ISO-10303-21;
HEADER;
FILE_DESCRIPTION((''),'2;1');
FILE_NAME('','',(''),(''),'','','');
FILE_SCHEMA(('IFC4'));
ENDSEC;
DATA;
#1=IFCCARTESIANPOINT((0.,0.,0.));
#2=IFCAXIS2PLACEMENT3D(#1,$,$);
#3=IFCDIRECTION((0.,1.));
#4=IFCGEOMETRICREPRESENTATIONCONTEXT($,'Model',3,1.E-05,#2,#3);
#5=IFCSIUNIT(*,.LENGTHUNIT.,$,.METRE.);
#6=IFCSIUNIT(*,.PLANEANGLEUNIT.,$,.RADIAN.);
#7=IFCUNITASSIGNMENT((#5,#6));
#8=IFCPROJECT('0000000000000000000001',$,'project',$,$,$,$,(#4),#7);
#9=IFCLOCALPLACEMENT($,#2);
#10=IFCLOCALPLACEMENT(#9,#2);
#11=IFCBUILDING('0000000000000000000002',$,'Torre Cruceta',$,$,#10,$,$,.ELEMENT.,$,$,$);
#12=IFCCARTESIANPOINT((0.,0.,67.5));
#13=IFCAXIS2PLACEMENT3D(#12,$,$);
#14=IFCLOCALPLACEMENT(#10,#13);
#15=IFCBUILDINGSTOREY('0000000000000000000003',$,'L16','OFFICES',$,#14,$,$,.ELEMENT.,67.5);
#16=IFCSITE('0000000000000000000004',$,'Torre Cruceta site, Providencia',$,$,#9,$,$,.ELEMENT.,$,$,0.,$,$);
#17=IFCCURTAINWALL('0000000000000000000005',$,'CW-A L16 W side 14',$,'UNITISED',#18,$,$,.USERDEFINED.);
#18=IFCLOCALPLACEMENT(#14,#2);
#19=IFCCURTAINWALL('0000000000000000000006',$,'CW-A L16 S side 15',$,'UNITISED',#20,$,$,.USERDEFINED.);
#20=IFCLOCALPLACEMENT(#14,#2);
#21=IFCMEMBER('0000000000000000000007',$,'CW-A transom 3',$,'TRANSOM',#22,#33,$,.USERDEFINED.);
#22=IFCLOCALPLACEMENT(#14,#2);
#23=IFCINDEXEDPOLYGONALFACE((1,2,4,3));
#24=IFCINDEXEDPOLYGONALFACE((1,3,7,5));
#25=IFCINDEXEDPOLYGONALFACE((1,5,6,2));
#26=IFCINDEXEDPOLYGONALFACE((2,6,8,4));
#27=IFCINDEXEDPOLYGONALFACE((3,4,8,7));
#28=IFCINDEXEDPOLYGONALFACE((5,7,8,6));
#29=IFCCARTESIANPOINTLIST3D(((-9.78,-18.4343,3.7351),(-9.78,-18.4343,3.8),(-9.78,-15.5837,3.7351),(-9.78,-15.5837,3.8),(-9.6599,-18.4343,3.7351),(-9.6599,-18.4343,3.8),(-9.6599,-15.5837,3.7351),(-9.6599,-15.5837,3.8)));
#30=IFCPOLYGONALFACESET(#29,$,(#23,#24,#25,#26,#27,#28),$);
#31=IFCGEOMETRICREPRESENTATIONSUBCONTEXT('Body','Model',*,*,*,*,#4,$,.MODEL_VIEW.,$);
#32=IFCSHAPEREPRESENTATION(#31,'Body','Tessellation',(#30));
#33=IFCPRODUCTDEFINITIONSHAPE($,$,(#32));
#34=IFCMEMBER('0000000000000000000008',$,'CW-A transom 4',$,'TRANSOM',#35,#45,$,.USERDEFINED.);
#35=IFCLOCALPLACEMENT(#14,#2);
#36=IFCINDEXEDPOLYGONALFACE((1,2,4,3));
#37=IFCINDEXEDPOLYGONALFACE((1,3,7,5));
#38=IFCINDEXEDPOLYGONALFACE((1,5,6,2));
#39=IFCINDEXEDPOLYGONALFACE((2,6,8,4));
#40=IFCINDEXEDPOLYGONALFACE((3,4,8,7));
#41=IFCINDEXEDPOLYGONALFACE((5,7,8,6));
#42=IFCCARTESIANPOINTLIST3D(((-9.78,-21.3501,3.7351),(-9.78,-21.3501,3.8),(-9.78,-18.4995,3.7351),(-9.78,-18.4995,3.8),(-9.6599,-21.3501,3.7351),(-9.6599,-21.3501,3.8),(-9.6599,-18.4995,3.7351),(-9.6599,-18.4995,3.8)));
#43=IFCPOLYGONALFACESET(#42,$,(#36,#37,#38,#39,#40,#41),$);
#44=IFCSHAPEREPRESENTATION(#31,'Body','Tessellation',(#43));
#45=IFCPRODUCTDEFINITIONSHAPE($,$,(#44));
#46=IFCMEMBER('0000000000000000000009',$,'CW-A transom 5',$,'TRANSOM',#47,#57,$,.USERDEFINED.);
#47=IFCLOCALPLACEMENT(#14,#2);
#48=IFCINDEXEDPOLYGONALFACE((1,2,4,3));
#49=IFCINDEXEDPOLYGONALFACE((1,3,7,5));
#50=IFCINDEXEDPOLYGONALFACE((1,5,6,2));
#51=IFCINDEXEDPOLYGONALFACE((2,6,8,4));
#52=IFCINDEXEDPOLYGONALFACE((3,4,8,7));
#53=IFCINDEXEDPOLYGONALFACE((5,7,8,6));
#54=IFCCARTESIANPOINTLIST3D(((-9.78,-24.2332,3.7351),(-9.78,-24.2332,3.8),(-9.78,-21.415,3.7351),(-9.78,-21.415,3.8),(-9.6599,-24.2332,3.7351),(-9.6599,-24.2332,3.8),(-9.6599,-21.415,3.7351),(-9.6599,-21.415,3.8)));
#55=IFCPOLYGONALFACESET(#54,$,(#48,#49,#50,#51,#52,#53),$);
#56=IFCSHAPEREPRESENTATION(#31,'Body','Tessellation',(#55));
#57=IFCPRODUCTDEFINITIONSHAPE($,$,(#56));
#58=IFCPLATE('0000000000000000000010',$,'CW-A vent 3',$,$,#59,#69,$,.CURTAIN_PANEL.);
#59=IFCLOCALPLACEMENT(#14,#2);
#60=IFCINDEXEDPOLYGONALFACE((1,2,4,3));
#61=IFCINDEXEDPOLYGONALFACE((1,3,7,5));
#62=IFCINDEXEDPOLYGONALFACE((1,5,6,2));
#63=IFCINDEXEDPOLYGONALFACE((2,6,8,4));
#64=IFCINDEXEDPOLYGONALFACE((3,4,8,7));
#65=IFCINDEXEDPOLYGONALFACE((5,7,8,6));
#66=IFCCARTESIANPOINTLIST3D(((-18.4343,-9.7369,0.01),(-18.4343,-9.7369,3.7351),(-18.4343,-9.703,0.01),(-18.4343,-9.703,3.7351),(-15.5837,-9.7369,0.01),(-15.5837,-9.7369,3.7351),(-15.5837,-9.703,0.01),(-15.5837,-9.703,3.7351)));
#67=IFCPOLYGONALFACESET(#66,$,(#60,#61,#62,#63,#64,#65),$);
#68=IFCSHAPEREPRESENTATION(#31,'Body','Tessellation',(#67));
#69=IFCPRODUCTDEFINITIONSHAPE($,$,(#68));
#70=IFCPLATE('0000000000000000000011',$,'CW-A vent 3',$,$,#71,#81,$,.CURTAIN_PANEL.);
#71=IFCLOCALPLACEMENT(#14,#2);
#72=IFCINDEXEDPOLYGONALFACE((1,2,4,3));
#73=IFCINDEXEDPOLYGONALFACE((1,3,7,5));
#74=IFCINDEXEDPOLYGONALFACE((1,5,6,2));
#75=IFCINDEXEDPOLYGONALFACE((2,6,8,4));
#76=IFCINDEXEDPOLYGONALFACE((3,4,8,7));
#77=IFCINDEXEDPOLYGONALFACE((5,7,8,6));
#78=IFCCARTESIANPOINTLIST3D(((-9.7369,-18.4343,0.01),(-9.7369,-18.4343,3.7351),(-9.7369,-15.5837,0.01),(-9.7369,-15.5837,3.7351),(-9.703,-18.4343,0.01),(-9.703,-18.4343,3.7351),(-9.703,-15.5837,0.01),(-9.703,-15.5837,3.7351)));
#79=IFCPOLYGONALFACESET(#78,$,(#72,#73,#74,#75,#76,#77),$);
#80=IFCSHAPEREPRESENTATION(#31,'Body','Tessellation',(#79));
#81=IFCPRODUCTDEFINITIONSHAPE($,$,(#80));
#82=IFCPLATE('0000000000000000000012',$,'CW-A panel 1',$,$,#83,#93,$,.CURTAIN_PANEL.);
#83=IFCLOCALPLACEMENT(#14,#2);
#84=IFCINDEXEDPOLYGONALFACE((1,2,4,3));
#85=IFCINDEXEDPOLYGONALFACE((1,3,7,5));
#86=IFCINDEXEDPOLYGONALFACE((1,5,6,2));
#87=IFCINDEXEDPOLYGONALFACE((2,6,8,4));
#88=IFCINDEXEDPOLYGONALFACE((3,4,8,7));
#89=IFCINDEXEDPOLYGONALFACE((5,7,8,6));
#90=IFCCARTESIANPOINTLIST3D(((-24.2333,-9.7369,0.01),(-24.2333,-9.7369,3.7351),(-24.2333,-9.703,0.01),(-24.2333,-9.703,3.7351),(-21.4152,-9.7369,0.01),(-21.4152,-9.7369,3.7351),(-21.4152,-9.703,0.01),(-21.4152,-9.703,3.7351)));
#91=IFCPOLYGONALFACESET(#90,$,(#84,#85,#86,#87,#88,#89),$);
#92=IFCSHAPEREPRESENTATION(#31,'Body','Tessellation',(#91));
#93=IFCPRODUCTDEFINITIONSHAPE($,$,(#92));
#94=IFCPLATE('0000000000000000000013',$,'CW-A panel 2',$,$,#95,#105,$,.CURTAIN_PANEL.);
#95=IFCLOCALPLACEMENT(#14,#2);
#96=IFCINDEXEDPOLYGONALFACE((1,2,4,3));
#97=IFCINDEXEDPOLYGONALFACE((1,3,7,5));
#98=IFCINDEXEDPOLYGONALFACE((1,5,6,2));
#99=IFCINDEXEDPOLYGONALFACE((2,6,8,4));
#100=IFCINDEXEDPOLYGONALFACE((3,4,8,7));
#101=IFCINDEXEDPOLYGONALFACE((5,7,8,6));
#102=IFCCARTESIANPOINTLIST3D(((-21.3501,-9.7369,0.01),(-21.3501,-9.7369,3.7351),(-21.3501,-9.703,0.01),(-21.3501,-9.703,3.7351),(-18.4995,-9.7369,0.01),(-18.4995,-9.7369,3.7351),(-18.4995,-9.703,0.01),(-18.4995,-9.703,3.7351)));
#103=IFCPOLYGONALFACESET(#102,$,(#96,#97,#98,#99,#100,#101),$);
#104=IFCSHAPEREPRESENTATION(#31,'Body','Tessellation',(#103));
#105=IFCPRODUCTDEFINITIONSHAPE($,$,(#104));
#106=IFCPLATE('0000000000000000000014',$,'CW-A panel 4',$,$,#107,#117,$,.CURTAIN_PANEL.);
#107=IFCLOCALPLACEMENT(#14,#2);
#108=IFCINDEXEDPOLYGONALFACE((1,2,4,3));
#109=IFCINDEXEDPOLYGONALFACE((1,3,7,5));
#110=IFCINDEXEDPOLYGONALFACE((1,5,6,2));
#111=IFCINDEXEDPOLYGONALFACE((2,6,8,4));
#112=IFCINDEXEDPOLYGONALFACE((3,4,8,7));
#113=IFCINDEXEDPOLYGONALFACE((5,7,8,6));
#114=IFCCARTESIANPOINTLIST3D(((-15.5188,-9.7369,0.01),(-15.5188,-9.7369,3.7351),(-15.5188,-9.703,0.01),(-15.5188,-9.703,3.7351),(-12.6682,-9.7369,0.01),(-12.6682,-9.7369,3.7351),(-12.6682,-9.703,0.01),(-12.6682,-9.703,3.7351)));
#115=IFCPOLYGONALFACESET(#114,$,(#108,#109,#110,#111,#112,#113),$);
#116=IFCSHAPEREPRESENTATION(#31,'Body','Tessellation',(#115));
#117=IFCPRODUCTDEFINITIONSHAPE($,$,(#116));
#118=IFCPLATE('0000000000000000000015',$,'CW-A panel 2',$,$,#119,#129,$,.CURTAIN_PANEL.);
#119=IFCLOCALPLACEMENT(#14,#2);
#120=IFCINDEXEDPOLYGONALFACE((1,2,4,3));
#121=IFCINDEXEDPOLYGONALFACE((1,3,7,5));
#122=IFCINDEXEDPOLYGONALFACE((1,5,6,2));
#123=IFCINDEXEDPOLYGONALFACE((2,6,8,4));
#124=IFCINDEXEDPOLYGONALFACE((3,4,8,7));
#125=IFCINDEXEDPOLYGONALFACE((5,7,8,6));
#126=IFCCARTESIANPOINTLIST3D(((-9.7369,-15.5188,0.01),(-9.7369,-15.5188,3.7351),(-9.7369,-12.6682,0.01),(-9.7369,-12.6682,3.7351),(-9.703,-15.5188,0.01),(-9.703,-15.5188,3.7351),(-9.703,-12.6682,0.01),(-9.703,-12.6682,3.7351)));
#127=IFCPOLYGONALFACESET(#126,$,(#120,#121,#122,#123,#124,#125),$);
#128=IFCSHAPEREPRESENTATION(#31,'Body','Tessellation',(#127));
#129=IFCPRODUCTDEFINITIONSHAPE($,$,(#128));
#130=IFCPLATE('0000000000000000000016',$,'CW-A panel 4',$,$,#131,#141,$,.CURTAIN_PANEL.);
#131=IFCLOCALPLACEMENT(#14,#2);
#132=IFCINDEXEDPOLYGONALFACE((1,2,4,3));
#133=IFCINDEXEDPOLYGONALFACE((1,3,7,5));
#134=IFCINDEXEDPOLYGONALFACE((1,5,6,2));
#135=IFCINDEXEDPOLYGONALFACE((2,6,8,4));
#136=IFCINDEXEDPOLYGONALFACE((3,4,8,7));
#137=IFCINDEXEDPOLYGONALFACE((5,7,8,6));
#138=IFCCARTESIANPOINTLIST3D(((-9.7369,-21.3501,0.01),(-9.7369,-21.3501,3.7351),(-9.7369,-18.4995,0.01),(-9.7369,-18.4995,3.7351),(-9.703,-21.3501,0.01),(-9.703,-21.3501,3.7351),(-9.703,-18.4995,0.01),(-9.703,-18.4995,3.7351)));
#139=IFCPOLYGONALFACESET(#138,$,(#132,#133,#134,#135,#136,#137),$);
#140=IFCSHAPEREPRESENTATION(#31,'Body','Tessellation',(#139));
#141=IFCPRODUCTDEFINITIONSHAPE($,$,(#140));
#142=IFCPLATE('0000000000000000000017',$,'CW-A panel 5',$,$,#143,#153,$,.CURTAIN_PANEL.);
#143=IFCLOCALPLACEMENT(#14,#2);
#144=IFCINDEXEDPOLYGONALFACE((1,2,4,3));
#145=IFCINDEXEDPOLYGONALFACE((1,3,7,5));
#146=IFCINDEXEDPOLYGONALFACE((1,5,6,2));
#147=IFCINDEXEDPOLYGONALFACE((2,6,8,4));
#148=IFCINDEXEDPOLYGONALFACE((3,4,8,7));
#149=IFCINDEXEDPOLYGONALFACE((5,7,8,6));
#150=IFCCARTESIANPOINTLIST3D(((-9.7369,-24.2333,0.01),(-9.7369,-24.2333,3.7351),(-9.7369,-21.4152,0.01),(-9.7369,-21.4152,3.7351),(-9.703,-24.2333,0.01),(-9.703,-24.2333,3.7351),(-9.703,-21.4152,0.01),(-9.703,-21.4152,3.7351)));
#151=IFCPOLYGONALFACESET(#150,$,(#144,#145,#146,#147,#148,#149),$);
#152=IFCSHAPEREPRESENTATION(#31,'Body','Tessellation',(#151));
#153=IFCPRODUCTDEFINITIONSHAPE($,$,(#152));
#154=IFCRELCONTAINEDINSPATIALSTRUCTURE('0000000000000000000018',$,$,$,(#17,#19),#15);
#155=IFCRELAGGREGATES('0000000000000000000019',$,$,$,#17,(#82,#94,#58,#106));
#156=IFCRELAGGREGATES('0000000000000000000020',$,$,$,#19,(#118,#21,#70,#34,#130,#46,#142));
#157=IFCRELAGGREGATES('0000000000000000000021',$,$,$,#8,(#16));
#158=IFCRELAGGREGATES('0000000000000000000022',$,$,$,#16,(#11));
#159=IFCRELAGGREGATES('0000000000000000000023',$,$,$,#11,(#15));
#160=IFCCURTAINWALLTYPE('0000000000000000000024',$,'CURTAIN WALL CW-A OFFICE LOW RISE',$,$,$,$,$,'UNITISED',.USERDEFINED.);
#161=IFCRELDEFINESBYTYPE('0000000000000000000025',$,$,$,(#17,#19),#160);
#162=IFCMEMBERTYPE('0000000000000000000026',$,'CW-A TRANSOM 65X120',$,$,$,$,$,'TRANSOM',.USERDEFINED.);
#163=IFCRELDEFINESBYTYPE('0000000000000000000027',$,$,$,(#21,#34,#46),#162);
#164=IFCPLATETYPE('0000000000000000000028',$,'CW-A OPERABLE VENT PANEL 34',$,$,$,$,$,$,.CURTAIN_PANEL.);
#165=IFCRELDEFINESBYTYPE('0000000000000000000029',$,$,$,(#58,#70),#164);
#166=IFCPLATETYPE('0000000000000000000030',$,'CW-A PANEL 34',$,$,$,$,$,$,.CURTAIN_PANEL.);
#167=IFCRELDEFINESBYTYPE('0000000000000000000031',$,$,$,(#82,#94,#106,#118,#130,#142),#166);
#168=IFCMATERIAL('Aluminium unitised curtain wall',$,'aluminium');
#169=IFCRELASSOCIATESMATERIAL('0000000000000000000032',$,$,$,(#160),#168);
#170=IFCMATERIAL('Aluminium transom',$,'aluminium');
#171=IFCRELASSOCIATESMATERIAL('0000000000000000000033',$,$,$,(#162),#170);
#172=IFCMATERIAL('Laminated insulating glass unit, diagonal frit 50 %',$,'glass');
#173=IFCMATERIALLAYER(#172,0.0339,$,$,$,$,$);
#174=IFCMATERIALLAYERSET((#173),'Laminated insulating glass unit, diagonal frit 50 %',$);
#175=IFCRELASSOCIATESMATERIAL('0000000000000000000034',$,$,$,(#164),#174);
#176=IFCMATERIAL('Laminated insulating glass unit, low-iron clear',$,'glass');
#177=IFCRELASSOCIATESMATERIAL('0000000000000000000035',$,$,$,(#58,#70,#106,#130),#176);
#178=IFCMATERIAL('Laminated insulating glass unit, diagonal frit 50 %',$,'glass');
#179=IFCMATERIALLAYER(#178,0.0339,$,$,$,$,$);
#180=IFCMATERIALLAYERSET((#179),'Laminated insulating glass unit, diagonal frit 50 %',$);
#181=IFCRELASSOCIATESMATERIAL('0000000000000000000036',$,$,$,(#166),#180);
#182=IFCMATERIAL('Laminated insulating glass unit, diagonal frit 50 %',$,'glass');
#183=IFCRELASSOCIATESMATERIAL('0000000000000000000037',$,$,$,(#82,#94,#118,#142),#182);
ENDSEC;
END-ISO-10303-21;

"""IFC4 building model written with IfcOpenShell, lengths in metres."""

from ifc_helpers import new_model, si_unit, direction, frame, origin, origin_2d, place, context, subcontext, project, spatial, rectangle, extrude, material, layer, layer_set, material_profile, profile_set, type_object, element, aggregate, save


model = new_model("IFC4")

# Units and contexts
model_context = context("Model", 3, precision=1e-05, world=origin(), true_north=direction((0.0, 1.0)))
body_context = subcontext(model_context, "Body", "Model", "MODEL_VIEW")
ifc_project = project(units=[si_unit("LENGTHUNIT", "METRE"), si_unit("PLANEANGLEUNIT", "RADIAN")], contexts=[model_context])

# Site, building, storey
site_placement = place(None, origin())
site = spatial("IfcSite", under=ifc_project, at=site_placement, Name="Torre Cruceta site, Providencia", CompositionType="ELEMENT", RefElevation=0.0)
building_placement = place(site_placement, origin())
building = spatial("IfcBuilding", under=site, at=building_placement, Name="Torre Cruceta", CompositionType="ELEMENT")
storey_placement = place(building_placement, frame((0.0, 0.0, 67.5)))
storey = spatial("IfcBuildingStorey", under=building, at=storey_placement, Name="L16", Description="OFFICES", CompositionType="ELEMENT", Elevation=67.5)

# Curtain walls
ifc_material_1 = material(Name="Aluminium unitised curtain wall", Category="aluminium")
curtain_wall_type = type_object("IfcCurtainWallType", Name="CURTAIN WALL CW-A OFFICE LOW RISE", ElementType="UNITISED", PredefinedType="USERDEFINED", material=ifc_material_1)
curtain_wall_1_placement = place(storey_placement, origin())
curtain_wall_1 = element("IfcCurtainWall", 1, at=curtain_wall_1_placement, inside=storey, type_object=curtain_wall_type, Name="CW-A L16 W side 14", ObjectType="UNITISED", PredefinedType="USERDEFINED")
curtain_wall_2_placement = place(storey_placement, origin())
curtain_wall_2 = element("IfcCurtainWall", 2, at=curtain_wall_2_placement, inside=storey, type_object=curtain_wall_type, Name="CW-A L16 S side 15", ObjectType="UNITISED", PredefinedType="USERDEFINED")

# Members
ifc_material_2 = material(Name="Aluminium transom", Category="aluminium")
ifc_material_profile_1 = material_profile(ifc_material_2, rectangle(XDim=0.1201, YDim=0.0649, at=origin_2d()), Name="AL 120X65")
ifc_profile_set_1 = profile_set([ifc_material_profile_1], Name="Aluminium transom")
member_type_1 = type_object("IfcMemberType", Name="CW-A TRANSOM 65X120", ElementType="TRANSOM", PredefinedType="USERDEFINED", material=ifc_profile_set_1)
member_1_placement = place(storey_placement, frame((-9.72, -15.5837, 3.7676), z_axis=(0.0, -1.0, 0.0), x_axis=(1.0, 0.0, 0.0)))
member_1 = element("IfcMember", 3, at=member_1_placement, type_object=member_type_1, Name="CW-A transom 3", ObjectType="TRANSOM", PredefinedType="USERDEFINED", context=body_context, shape_type="SweptSolid", body=[
    extrude(rectangle(XDim=0.1201, YDim=0.0649, at=origin_2d()), origin(), (0.0, 0.0, 1.0), 2.8506),
])
member_2_placement = place(storey_placement, frame((-9.72, -18.4995, 3.7676), z_axis=(0.0, -1.0, 0.0), x_axis=(1.0, 0.0, 0.0)))
member_2 = element("IfcMember", 4, at=member_2_placement, type_object=member_type_1, Name="CW-A transom 4", ObjectType="TRANSOM", PredefinedType="USERDEFINED", context=body_context, shape_type="SweptSolid", body=[
    extrude(rectangle(XDim=0.1201, YDim=0.0649, at=origin_2d()), origin(), (0.0, 0.0, 1.0), 2.8506),
])
member_3_placement = place(storey_placement, frame((-9.72, -21.415, 3.7676), z_axis=(0.0, -1.0, 0.0), x_axis=(1.0, 0.0, 0.0)))
member_3 = element("IfcMember", 5, at=member_3_placement, type_object=member_type_1, Name="CW-A transom 5", ObjectType="TRANSOM", PredefinedType="USERDEFINED", context=body_context, shape_type="SweptSolid", body=[
    extrude(rectangle(XDim=0.1201, YDim=0.0649, at=origin_2d()), origin(), (0.0, 0.0, 1.0), 2.8181),
])

# Plates
ifc_material_3 = material(Name="Laminated insulating glass unit, low-iron clear", Category="glass")
ifc_material_4 = material(Name="Laminated insulating glass unit, diagonal frit 50 %", Category="glass")
ifc_layer_1 = layer(ifc_material_4, 0.0339)
ifc_layer_set_1 = layer_set([ifc_layer_1], Name="Laminated insulating glass unit, diagonal frit 50 %")
plate_type_1 = type_object("IfcPlateType", Name="CW-A OPERABLE VENT PANEL 34", PredefinedType="CURTAIN_PANEL", material=ifc_layer_set_1)
plate_1_placement = place(storey_placement, frame((-17.009, -9.72, 0.01), z_axis=(0.0, 0.0, 1.0), x_axis=(1.0, 0.0, 0.0)))
plate_1 = element("IfcPlate", 6, at=plate_1_placement, type_object=plate_type_1, material=ifc_material_3, Name="CW-A vent 3", PredefinedType="CURTAIN_PANEL", context=body_context, shape_type="SweptSolid", body=[
    extrude(rectangle(XDim=2.8506, YDim=0.0339, at=origin_2d()), origin(), (0.0, 0.0, 1.0), 3.7251),
])
plate_2_placement = place(storey_placement, frame((-9.72, -17.009, 0.01), z_axis=(0.0, 0.0, 1.0), x_axis=(0.0, -1.0, 0.0)))
plate_2 = element("IfcPlate", 7, at=plate_2_placement, type_object=plate_type_1, material=ifc_material_3, Name="CW-A vent 3", PredefinedType="CURTAIN_PANEL", context=body_context, shape_type="SweptSolid", body=[
    extrude(rectangle(XDim=2.8506, YDim=0.0339, at=origin_2d()), origin(), (0.0, 0.0, 1.0), 3.7251),
])
ifc_material_5 = material(Name="Laminated insulating glass unit, diagonal frit 50 %", Category="glass")
ifc_material_6 = material(Name="Laminated insulating glass unit, diagonal frit 50 %", Category="glass")
ifc_layer_2 = layer(ifc_material_6, 0.0339)
ifc_layer_set_2 = layer_set([ifc_layer_2], Name="Laminated insulating glass unit, diagonal frit 50 %")
plate_type_2 = type_object("IfcPlateType", Name="CW-A PANEL 34", PredefinedType="CURTAIN_PANEL", material=ifc_layer_set_2)
plate_3_placement = place(storey_placement, frame((-22.8242, -9.72, 0.01), z_axis=(0.0, 0.0, 1.0), x_axis=(1.0, 0.0, 0.0)))
plate_3 = element("IfcPlate", 8, at=plate_3_placement, type_object=plate_type_2, material=ifc_material_5, Name="CW-A panel 1", PredefinedType="CURTAIN_PANEL", context=body_context, shape_type="SweptSolid", body=[
    extrude(rectangle(XDim=2.8181, YDim=0.0339, at=origin_2d()), origin(), (0.0, 0.0, 1.0), 3.7251),
])
plate_4_placement = place(storey_placement, frame((-19.9248, -9.72, 0.01), z_axis=(0.0, 0.0, 1.0), x_axis=(1.0, 0.0, 0.0)))
plate_4 = element("IfcPlate", 9, at=plate_4_placement, type_object=plate_type_2, material=ifc_material_5, Name="CW-A panel 2", PredefinedType="CURTAIN_PANEL", context=body_context, shape_type="SweptSolid", body=[
    extrude(rectangle(XDim=2.8506, YDim=0.0339, at=origin_2d()), origin(), (0.0, 0.0, 1.0), 3.7251),
])
plate_5_placement = place(storey_placement, frame((-14.0935, -9.72, 0.01), z_axis=(0.0, 0.0, 1.0), x_axis=(1.0, 0.0, 0.0)))
plate_5 = element("IfcPlate", 10, at=plate_5_placement, type_object=plate_type_2, material=ifc_material_3, Name="CW-A panel 4", PredefinedType="CURTAIN_PANEL", context=body_context, shape_type="SweptSolid", body=[
    extrude(rectangle(XDim=2.8506, YDim=0.0339, at=origin_2d()), origin(), (0.0, 0.0, 1.0), 3.7251),
])
aggregate(curtain_wall_1, [plate_3, plate_4, plate_1, plate_5])
plate_6_placement = place(storey_placement, frame((-9.72, -14.0935, 0.01), z_axis=(0.0, 0.0, 1.0), x_axis=(0.0, -1.0, 0.0)))
plate_6 = element("IfcPlate", 11, at=plate_6_placement, type_object=plate_type_2, material=ifc_material_5, Name="CW-A panel 2", PredefinedType="CURTAIN_PANEL", context=body_context, shape_type="SweptSolid", body=[
    extrude(rectangle(XDim=2.8506, YDim=0.0339, at=origin_2d()), origin(), (0.0, 0.0, 1.0), 3.7251),
])
plate_7_placement = place(storey_placement, frame((-9.72, -19.9248, 0.01), z_axis=(0.0, 0.0, 1.0), x_axis=(0.0, -1.0, 0.0)))
plate_7 = element("IfcPlate", 12, at=plate_7_placement, type_object=plate_type_2, material=ifc_material_3, Name="CW-A panel 4", PredefinedType="CURTAIN_PANEL", context=body_context, shape_type="SweptSolid", body=[
    extrude(rectangle(XDim=2.8506, YDim=0.0339, at=origin_2d()), origin(), (0.0, 0.0, 1.0), 3.7251),
])
plate_8_placement = place(storey_placement, frame((-9.72, -22.8242, 0.01), z_axis=(0.0, 0.0, 1.0), x_axis=(0.0, -1.0, 0.0)))
plate_8 = element("IfcPlate", 13, at=plate_8_placement, type_object=plate_type_2, material=ifc_material_5, Name="CW-A panel 5", PredefinedType="CURTAIN_PANEL", context=body_context, shape_type="SweptSolid", body=[
    extrude(rectangle(XDim=2.8181, YDim=0.0339, at=origin_2d()), origin(), (0.0, 0.0, 1.0), 3.7251),
])
aggregate(curtain_wall_2, [plate_6, member_1, plate_2, member_2, plate_7, member_3, plate_8])

save(model, "model.ifc")
